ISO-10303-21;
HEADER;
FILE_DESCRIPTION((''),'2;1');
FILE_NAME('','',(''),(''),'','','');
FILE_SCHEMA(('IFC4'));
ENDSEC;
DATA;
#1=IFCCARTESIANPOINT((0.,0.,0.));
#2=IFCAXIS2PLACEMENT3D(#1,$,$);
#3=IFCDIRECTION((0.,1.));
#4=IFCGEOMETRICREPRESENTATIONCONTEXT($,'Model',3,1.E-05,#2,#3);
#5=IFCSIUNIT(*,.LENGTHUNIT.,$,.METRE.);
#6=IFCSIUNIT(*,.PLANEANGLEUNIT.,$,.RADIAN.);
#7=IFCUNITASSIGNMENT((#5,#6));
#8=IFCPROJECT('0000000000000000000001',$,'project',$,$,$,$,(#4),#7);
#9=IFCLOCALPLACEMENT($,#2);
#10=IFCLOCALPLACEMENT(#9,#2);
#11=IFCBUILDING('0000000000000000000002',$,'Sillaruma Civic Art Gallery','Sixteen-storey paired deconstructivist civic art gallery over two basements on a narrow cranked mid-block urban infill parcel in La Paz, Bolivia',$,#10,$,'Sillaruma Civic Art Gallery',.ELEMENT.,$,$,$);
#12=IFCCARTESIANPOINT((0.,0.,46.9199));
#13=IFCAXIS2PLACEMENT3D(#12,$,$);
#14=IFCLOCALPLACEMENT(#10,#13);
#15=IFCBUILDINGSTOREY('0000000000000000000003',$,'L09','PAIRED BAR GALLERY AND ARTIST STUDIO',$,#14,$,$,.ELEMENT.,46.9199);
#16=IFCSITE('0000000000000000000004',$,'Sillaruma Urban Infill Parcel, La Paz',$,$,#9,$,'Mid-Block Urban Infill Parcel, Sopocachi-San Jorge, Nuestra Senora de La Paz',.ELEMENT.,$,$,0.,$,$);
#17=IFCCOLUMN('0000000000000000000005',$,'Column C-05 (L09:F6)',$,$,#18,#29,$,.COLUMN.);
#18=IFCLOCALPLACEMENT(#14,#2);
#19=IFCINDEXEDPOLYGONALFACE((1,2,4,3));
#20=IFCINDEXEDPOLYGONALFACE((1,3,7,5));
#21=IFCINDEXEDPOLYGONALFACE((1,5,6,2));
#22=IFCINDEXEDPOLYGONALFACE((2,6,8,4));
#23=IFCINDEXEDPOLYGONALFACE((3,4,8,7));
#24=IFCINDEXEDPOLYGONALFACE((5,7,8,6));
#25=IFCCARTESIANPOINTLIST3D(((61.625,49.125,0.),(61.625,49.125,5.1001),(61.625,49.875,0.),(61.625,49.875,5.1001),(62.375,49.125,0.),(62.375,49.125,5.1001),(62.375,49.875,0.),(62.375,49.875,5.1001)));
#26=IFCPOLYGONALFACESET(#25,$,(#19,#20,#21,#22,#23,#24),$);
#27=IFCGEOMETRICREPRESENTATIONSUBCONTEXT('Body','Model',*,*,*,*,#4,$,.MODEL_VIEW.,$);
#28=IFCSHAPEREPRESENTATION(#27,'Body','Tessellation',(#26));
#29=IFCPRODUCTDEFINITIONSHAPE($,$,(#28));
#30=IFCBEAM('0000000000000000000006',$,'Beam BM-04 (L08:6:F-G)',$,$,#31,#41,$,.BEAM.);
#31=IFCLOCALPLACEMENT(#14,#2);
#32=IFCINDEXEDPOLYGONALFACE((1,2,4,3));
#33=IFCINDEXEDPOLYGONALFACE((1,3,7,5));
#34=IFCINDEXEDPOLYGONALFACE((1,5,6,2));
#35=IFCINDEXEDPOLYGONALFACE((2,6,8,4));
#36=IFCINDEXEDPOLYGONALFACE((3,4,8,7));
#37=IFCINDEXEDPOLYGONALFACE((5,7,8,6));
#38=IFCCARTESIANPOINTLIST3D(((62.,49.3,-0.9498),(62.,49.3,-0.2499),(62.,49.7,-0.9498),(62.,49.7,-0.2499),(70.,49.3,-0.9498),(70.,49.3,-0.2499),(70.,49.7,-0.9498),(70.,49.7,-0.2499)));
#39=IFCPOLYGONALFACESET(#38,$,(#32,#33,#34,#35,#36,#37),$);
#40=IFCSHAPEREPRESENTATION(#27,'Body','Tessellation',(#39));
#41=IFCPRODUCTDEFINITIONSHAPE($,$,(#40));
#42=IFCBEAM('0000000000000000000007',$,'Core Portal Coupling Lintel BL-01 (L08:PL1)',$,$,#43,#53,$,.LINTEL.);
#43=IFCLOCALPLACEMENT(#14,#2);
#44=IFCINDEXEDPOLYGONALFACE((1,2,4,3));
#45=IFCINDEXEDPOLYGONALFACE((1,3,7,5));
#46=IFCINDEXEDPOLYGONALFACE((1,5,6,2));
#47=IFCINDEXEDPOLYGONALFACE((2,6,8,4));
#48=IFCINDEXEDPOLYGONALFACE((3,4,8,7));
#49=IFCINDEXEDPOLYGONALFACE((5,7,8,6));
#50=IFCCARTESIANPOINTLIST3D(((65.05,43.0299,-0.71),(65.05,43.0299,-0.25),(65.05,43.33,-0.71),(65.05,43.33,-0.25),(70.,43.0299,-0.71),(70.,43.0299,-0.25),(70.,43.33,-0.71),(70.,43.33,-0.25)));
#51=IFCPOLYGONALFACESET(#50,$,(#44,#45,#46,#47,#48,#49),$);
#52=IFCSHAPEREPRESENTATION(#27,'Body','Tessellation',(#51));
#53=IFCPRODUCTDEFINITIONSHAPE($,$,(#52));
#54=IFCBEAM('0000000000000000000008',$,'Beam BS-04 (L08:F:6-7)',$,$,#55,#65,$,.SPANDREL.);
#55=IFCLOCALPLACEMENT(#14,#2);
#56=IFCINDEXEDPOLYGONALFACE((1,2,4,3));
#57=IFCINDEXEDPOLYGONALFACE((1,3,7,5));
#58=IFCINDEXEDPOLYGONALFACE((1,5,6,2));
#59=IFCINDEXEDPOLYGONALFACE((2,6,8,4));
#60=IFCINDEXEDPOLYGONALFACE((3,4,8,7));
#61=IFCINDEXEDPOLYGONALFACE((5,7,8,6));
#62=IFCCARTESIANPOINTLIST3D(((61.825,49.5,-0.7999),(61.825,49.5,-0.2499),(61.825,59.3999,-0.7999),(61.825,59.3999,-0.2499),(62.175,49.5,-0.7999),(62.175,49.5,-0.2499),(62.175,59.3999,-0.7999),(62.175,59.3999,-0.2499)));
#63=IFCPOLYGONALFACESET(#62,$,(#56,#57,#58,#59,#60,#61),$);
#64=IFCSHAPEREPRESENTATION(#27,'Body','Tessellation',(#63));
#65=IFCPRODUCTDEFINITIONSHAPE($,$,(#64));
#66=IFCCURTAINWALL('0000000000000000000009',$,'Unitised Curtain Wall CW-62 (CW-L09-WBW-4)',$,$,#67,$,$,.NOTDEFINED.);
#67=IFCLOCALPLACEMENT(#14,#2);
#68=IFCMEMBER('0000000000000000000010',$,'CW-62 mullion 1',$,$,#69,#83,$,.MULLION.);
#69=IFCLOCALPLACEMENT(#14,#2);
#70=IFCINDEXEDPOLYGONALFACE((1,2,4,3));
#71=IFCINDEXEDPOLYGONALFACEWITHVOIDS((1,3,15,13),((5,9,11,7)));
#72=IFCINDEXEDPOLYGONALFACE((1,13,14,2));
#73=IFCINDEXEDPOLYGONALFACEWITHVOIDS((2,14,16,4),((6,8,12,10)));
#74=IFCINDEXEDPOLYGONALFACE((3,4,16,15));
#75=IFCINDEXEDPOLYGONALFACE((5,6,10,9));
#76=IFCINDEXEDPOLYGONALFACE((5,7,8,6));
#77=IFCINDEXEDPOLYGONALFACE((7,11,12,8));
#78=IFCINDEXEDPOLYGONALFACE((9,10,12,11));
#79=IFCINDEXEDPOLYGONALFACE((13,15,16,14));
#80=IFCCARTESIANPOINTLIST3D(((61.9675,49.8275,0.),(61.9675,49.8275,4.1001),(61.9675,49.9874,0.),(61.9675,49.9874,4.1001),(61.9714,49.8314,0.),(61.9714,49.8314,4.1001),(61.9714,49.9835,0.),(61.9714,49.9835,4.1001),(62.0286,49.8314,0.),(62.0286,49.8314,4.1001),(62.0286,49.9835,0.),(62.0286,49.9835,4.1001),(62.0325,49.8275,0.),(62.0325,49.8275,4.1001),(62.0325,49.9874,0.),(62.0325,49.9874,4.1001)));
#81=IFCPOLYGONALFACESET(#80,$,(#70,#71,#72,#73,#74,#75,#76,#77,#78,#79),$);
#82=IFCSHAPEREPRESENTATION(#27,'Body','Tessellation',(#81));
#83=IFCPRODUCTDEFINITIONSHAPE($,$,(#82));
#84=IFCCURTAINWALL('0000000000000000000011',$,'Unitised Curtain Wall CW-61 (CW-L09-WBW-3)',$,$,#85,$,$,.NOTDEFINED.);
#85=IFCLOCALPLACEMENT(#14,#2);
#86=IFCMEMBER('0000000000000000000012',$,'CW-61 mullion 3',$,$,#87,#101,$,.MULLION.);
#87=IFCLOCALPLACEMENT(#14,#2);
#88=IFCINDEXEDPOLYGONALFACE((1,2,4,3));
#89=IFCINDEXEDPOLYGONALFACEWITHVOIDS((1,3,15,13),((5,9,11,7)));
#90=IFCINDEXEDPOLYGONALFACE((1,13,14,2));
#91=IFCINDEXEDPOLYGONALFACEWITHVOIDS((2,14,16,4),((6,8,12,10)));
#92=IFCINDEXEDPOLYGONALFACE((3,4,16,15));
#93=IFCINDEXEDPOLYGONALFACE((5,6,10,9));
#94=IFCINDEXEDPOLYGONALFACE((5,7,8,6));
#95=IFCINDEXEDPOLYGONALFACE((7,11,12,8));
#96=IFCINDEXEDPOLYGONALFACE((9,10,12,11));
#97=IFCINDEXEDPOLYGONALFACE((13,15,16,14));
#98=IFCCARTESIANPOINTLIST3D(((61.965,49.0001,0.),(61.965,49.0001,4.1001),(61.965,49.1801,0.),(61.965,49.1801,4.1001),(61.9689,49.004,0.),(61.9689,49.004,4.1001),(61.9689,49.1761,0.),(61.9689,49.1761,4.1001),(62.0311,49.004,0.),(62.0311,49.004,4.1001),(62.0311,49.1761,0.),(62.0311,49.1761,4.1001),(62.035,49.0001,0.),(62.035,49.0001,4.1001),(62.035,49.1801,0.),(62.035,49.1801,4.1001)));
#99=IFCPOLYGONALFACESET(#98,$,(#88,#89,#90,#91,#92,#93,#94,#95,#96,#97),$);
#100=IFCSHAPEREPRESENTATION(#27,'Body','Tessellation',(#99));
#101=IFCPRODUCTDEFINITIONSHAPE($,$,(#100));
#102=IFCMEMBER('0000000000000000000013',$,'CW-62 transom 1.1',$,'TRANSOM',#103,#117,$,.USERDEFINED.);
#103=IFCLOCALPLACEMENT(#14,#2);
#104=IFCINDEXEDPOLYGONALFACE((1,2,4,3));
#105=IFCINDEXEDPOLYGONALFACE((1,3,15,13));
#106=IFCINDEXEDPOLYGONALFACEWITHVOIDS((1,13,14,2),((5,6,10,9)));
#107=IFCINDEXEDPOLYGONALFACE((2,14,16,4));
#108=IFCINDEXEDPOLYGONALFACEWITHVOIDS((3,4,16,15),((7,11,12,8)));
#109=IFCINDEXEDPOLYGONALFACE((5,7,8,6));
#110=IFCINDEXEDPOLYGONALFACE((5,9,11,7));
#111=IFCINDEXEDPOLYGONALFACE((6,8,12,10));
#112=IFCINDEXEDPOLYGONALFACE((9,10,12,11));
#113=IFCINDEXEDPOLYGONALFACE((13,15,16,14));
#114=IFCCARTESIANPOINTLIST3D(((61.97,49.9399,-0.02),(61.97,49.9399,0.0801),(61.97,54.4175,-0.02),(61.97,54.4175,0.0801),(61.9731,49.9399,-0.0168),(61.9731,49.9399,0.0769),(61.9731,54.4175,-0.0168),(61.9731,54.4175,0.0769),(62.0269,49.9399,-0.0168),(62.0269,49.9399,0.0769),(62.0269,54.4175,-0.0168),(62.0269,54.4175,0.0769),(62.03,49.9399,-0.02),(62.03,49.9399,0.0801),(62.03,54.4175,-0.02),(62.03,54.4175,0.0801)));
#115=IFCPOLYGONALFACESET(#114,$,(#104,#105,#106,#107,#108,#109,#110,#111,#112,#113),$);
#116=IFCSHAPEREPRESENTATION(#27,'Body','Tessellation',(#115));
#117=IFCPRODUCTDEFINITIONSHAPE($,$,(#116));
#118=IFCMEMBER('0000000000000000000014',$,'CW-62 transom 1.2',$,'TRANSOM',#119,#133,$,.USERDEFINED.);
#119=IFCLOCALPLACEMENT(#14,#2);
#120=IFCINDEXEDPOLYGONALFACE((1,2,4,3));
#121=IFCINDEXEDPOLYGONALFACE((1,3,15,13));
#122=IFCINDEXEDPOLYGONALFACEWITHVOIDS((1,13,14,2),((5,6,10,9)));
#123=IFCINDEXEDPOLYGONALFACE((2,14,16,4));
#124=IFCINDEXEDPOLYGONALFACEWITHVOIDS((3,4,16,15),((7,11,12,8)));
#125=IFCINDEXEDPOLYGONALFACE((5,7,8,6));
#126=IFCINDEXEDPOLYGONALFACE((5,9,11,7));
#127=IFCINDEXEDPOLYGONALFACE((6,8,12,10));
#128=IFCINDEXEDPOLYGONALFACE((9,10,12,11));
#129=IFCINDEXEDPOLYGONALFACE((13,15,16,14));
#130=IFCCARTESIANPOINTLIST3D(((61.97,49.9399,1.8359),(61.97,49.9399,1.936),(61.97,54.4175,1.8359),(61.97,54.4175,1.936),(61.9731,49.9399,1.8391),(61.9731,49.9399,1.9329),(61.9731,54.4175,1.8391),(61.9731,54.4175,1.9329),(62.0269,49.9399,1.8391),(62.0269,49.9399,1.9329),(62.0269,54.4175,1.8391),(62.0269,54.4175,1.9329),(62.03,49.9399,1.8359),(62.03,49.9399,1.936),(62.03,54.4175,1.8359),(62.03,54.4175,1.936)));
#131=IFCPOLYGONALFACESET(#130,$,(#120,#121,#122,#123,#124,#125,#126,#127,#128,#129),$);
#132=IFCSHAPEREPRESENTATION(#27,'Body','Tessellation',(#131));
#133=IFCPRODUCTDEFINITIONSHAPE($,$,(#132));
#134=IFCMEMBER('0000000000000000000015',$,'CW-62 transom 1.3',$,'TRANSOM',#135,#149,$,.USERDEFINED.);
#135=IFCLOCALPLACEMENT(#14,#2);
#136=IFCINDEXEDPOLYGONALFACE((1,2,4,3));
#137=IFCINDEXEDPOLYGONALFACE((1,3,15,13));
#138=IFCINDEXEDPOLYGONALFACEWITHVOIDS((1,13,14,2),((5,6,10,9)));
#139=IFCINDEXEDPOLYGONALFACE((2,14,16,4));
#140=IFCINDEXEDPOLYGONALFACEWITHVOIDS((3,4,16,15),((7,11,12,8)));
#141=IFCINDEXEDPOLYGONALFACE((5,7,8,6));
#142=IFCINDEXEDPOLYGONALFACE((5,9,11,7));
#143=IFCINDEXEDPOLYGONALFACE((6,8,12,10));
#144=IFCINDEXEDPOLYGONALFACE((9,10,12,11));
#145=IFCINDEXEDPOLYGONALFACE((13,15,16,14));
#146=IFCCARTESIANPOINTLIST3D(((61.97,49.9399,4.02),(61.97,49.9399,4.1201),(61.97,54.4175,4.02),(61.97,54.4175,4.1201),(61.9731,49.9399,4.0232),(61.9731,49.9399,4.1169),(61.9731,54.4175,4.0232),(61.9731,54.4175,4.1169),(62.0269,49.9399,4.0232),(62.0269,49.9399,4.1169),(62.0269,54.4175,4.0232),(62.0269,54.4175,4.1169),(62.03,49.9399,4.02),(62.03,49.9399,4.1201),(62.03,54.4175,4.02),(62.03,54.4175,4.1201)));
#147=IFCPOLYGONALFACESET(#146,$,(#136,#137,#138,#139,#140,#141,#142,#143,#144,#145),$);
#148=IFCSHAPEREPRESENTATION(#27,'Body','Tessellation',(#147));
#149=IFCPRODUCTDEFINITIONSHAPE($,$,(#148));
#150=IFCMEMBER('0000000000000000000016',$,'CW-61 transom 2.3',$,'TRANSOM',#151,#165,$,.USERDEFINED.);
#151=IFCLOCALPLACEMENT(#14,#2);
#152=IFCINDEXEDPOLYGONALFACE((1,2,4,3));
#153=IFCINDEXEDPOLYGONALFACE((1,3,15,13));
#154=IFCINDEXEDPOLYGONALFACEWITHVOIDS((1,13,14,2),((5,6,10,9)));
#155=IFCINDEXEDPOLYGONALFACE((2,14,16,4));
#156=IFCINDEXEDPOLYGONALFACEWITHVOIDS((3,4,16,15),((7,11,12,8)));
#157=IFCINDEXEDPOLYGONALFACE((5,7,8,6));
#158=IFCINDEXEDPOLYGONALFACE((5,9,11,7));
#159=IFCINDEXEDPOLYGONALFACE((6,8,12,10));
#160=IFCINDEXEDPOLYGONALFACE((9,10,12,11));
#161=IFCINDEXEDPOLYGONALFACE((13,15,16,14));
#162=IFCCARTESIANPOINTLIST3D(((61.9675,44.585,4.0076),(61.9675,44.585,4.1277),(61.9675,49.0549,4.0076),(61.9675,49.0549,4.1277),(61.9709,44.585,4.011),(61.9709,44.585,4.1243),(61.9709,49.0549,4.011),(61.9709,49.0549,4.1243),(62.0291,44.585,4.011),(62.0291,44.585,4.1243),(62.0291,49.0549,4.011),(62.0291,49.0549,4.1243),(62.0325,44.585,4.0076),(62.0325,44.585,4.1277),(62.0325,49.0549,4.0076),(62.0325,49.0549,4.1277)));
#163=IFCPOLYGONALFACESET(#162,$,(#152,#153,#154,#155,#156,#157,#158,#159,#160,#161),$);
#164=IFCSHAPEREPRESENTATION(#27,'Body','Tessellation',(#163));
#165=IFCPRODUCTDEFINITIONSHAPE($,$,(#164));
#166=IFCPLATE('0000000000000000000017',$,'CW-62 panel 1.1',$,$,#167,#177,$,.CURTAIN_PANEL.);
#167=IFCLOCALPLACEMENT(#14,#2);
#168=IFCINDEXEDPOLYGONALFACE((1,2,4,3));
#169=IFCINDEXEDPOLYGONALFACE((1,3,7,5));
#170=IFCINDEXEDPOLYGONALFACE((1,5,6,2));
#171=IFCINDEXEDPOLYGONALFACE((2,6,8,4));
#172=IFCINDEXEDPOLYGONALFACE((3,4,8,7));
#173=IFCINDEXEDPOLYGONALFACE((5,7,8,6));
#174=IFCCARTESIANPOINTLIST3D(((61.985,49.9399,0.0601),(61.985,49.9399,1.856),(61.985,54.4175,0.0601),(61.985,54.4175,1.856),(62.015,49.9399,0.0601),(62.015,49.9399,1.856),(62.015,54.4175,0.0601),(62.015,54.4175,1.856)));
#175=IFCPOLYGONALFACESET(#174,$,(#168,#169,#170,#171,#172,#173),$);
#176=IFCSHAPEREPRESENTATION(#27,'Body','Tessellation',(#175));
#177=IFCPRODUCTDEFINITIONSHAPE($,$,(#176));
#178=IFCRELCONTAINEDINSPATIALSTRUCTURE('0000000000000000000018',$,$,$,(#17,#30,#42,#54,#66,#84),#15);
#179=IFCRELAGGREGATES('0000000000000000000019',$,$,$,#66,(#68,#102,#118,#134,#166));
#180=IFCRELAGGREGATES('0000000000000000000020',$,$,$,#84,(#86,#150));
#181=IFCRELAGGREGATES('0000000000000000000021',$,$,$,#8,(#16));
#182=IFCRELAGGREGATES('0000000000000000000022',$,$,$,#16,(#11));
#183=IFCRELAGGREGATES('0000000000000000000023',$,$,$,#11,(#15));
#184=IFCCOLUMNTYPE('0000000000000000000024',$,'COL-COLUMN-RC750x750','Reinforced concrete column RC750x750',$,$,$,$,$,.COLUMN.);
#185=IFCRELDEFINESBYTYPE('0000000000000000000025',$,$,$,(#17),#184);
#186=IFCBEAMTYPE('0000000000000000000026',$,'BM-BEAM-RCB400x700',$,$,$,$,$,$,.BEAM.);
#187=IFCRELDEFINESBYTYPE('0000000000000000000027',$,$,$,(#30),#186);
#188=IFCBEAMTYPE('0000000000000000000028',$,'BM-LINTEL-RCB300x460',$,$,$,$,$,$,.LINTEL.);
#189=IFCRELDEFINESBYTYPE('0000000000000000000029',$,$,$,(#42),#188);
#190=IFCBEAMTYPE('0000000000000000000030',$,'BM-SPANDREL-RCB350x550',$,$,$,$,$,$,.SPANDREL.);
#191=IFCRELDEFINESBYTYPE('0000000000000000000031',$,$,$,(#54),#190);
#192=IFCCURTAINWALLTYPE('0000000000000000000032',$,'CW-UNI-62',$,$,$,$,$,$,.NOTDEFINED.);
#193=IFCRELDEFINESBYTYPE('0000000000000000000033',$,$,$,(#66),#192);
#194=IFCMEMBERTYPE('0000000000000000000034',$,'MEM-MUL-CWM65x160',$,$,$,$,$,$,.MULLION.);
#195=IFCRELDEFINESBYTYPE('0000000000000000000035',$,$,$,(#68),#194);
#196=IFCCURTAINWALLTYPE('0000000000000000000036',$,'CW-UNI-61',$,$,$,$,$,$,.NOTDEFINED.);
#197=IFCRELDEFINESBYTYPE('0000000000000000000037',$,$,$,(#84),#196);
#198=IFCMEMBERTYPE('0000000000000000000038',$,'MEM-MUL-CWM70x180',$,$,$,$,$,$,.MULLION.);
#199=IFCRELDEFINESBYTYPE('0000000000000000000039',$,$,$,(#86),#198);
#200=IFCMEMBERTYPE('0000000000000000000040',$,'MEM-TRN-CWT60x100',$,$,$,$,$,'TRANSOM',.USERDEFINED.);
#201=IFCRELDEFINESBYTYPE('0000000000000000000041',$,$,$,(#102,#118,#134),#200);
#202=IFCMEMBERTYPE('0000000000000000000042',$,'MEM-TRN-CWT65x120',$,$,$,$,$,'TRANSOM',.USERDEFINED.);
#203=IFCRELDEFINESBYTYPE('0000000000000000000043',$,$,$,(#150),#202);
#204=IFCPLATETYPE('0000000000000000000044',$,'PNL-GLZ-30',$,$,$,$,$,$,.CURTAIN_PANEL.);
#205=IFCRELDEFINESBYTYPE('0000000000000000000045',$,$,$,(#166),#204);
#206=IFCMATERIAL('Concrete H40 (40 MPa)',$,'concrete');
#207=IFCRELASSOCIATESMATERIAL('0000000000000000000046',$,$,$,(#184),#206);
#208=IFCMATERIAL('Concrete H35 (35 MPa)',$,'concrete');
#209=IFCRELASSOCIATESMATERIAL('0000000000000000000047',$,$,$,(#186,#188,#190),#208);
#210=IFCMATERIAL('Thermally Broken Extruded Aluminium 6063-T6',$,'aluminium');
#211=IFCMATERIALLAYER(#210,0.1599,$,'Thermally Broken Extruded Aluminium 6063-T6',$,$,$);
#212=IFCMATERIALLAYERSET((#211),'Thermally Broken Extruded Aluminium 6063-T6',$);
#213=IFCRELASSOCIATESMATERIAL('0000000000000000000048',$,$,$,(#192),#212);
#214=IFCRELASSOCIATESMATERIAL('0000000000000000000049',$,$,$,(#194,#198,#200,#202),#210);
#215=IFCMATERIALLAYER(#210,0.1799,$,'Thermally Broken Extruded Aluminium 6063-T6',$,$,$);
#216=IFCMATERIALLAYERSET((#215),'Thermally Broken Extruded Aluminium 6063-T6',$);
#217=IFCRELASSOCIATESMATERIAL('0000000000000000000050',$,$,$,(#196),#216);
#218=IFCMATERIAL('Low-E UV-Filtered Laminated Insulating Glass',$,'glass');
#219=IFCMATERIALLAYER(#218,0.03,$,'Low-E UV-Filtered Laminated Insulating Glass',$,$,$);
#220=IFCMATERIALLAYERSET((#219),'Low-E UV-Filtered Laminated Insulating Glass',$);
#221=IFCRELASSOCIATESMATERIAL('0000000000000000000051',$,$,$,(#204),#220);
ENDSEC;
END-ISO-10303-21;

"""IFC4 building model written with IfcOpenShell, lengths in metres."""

from ifc_helpers import new_model, si_unit, direction, frame, origin, origin_2d, place, context, subcontext, project, spatial, rectangle, hollow_rectangle, extrude, material, layer, layer_set, material_profile, profile_set, type_object, element, aggregate, save


model = new_model("IFC4")

# Units and contexts
model_context = context("Model", 3, precision=1e-05, world=origin(), true_north=direction((0.0, 1.0)))
body_context = subcontext(model_context, "Body", "Model", "MODEL_VIEW")
ifc_project = project(units=[si_unit("LENGTHUNIT", "METRE"), si_unit("PLANEANGLEUNIT", "RADIAN")], contexts=[model_context])

# Site, building, storey
site_placement = place(None, origin())
site = spatial("IfcSite", under=ifc_project, at=site_placement, Name="Sillaruma Urban Infill Parcel, La Paz", LongName="Mid-Block Urban Infill Parcel, Sopocachi-San Jorge, Nuestra Senora de La Paz", CompositionType="ELEMENT", RefElevation=0.0)
building_placement = place(site_placement, origin())
building = spatial("IfcBuilding", under=site, at=building_placement, Name="Sillaruma Civic Art Gallery", Description="Sixteen-storey paired deconstructivist civic art gallery over two basements on a narrow cranked mid-block urban infill parcel in La Paz, Bolivia", LongName="Sillaruma Civic Art Gallery", CompositionType="ELEMENT")
storey_placement = place(building_placement, frame((0.0, 0.0, 46.9199)))
storey = spatial("IfcBuildingStorey", under=building, at=storey_placement, Name="L09", Description="PAIRED BAR GALLERY AND ARTIST STUDIO", CompositionType="ELEMENT", Elevation=46.9199)

# Column
ifc_material_1 = material(Name="Concrete H40 (40 MPa)", Category="concrete")
ifc_material_profile_1 = material_profile(ifc_material_1, rectangle(XDim=0.75, YDim=0.75, at=origin_2d()), Name="RC750x750")
ifc_profile_set_1 = profile_set([ifc_material_profile_1], Name="Concrete H40 (40 MPa)")
column_type = type_object("IfcColumnType", Name="COL-COLUMN-RC750x750", Description="Reinforced concrete column RC750x750", PredefinedType="COLUMN", material=ifc_profile_set_1)
column_placement = place(storey_placement, frame((62.0, 49.5, 0.0), z_axis=(0.0, 0.0, 1.0), x_axis=(1.0, 0.0, 0.0)))
element("IfcColumn", 1, at=column_placement, inside=storey, type_object=column_type, Name="Column C-05 (L09:F6)", PredefinedType="COLUMN", context=body_context, shape_type="SweptSolid", body=[
    extrude(rectangle(XDim=0.75, YDim=0.75, at=origin_2d()), origin(), (0.0, 0.0, 1.0), 5.1001),
])

# Beams
ifc_material_2 = material(Name="Concrete H35 (35 MPa)", Category="concrete")
ifc_material_profile_2 = material_profile(ifc_material_2, rectangle(XDim=0.3999, YDim=0.7, at=origin_2d()), Name="RCB400x700")
ifc_profile_set_2 = profile_set([ifc_material_profile_2], Name="Concrete H35 (35 MPa)")
beam_type_1 = type_object("IfcBeamType", Name="BM-BEAM-RCB400x700", PredefinedType="BEAM", material=ifc_profile_set_2)
beam_1_placement = place(storey_placement, frame((62.0, 49.5, -0.5999), z_axis=(1.0, 0.0, 0.0), x_axis=(0.0, 1.0, 0.0)))
element("IfcBeam", 2, at=beam_1_placement, inside=storey, type_object=beam_type_1, Name="Beam BM-04 (L08:6:F-G)", PredefinedType="BEAM", context=body_context, shape_type="SweptSolid", body=[
    extrude(rectangle(XDim=0.3999, YDim=0.7, at=origin_2d()), origin(), (0.0, 0.0, 1.0), 8.0),
])
ifc_material_profile_3 = material_profile(ifc_material_2, rectangle(XDim=0.3, YDim=0.46, at=origin_2d()), Name="RCB300x460")
ifc_profile_set_3 = profile_set([ifc_material_profile_3], Name="Concrete H35 (35 MPa)")
beam_type_2 = type_object("IfcBeamType", Name="BM-LINTEL-RCB300x460", PredefinedType="LINTEL", material=ifc_profile_set_3)
beam_2_placement = place(storey_placement, frame((65.05, 43.1799, -0.48), z_axis=(1.0, 0.0, 0.0), x_axis=(0.0, 1.0, 0.0)))
element("IfcBeam", 3, at=beam_2_placement, inside=storey, type_object=beam_type_2, Name="Core Portal Coupling Lintel BL-01 (L08:PL1)", PredefinedType="LINTEL", context=body_context, shape_type="SweptSolid", body=[
    extrude(rectangle(XDim=0.3, YDim=0.46, at=origin_2d()), origin(), (0.0, 0.0, 1.0), 4.95),
])
ifc_material_profile_4 = material_profile(ifc_material_2, rectangle(XDim=0.3501, YDim=0.55, at=origin_2d()), Name="RCB350x550")
ifc_profile_set_4 = profile_set([ifc_material_profile_4], Name="Concrete H35 (35 MPa)")
beam_type_3 = type_object("IfcBeamType", Name="BM-SPANDREL-RCB350x550", PredefinedType="SPANDREL", material=ifc_profile_set_4)
beam_3_placement = place(storey_placement, frame((62.0, 49.5, -0.5249), z_axis=(0.0, 1.0, 0.0), x_axis=(-1.0, 0.0, 0.0)))
element("IfcBeam", 4, at=beam_3_placement, inside=storey, type_object=beam_type_3, Name="Beam BS-04 (L08:F:6-7)", PredefinedType="SPANDREL", context=body_context, shape_type="SweptSolid", body=[
    extrude(rectangle(XDim=0.3501, YDim=0.55, at=origin_2d()), origin(), (0.0, 0.0, 1.0), 9.8999),
])

# Curtain walls, members
ifc_material_3 = material(Name="Thermally Broken Extruded Aluminium 6063-T6", Category="aluminium")
ifc_layer_1 = layer(ifc_material_3, 0.1599, Name="Thermally Broken Extruded Aluminium 6063-T6")
ifc_layer_set_1 = layer_set([ifc_layer_1], Name="Thermally Broken Extruded Aluminium 6063-T6")
curtain_wall_type_1 = type_object("IfcCurtainWallType", Name="CW-UNI-62", PredefinedType="NOTDEFINED", material=ifc_layer_set_1)
curtain_wall_1_placement = place(storey_placement, origin())
curtain_wall_1 = element("IfcCurtainWall", 5, at=curtain_wall_1_placement, inside=storey, type_object=curtain_wall_type_1, Name="Unitised Curtain Wall CW-62 (CW-L09-WBW-4)", PredefinedType="NOTDEFINED")
ifc_material_profile_5 = material_profile(ifc_material_3, hollow_rectangle(XDim=0.0649, YDim=0.1599, WallThickness=0.0039, at=origin_2d()), Name="CWM65x160")
ifc_profile_set_5 = profile_set([ifc_material_profile_5], Name="Thermally Broken Extruded Aluminium 6063-T6")
member_type_1 = type_object("IfcMemberType", Name="MEM-MUL-CWM65x160", PredefinedType="MULLION", material=ifc_profile_set_5)
member_1_placement = place(storey_placement, frame((62.0, 49.9075, 0.0), z_axis=(0.0, 0.0, 1.0), x_axis=(-1.0, 0.0, 0.0)))
member_1 = element("IfcMember", 6, at=member_1_placement, type_object=member_type_1, Name="CW-62 mullion 1", PredefinedType="MULLION", context=body_context, shape_type="SweptSolid", body=[
    extrude(hollow_rectangle(XDim=0.0649, YDim=0.1599, WallThickness=0.0039, at=origin_2d()), origin(), (0.0, 0.0, 1.0), 4.1001),
])
ifc_layer_2 = layer(ifc_material_3, 0.1799, Name="Thermally Broken Extruded Aluminium 6063-T6")
ifc_layer_set_2 = layer_set([ifc_layer_2], Name="Thermally Broken Extruded Aluminium 6063-T6")
curtain_wall_type_2 = type_object("IfcCurtainWallType", Name="CW-UNI-61", PredefinedType="NOTDEFINED", material=ifc_layer_set_2)
curtain_wall_2_placement = place(storey_placement, origin())
curtain_wall_2 = element("IfcCurtainWall", 7, at=curtain_wall_2_placement, inside=storey, type_object=curtain_wall_type_2, Name="Unitised Curtain Wall CW-61 (CW-L09-WBW-3)", PredefinedType="NOTDEFINED")
ifc_material_profile_6 = material_profile(ifc_material_3, hollow_rectangle(XDim=0.0701, YDim=0.1799, WallThickness=0.0039, at=origin_2d()), Name="CWM70x180")
ifc_profile_set_6 = profile_set([ifc_material_profile_6], Name="Thermally Broken Extruded Aluminium 6063-T6")
member_type_2 = type_object("IfcMemberType", Name="MEM-MUL-CWM70x180", PredefinedType="MULLION", material=ifc_profile_set_6)
member_2_placement = place(storey_placement, frame((62.0, 49.0901, 0.0), z_axis=(0.0, 0.0, 1.0), x_axis=(-1.0, 0.0, 0.0)))
member_2 = element("IfcMember", 8, at=member_2_placement, type_object=member_type_2, Name="CW-61 mullion 3", PredefinedType="MULLION", context=body_context, shape_type="SweptSolid", body=[
    extrude(hollow_rectangle(XDim=0.0701, YDim=0.1799, WallThickness=0.0039, at=origin_2d()), origin(), (0.0, 0.0, 1.0), 4.1001),
])

# Members
ifc_material_profile_7 = material_profile(ifc_material_3, hollow_rectangle(XDim=0.0601, YDim=0.1001, WallThickness=0.0032, at=origin_2d()), Name="CWT60x100")
ifc_profile_set_7 = profile_set([ifc_material_profile_7], Name="Thermally Broken Extruded Aluminium 6063-T6")
member_type_3 = type_object("IfcMemberType", Name="MEM-TRN-CWT60x100", ElementType="TRANSOM", PredefinedType="USERDEFINED", material=ifc_profile_set_7)
member_3_placement = place(storey_placement, frame((62.0, 49.9399, 0.03), z_axis=(0.0, 1.0, 0.0), x_axis=(-1.0, 0.0, 0.0)))
member_3 = element("IfcMember", 9, at=member_3_placement, type_object=member_type_3, Name="CW-62 transom 1.1", ObjectType="TRANSOM", PredefinedType="USERDEFINED", context=body_context, shape_type="SweptSolid", body=[
    extrude(hollow_rectangle(XDim=0.0601, YDim=0.1001, WallThickness=0.0032, at=origin_2d()), origin(), (0.0, 0.0, 1.0), 4.4775),
])
member_4_placement = place(storey_placement, frame((62.0, 49.9399, 1.886), z_axis=(0.0, 1.0, 0.0), x_axis=(-1.0, 0.0, 0.0)))
member_4 = element("IfcMember", 10, at=member_4_placement, type_object=member_type_3, Name="CW-62 transom 1.2", ObjectType="TRANSOM", PredefinedType="USERDEFINED", context=body_context, shape_type="SweptSolid", body=[
    extrude(hollow_rectangle(XDim=0.0601, YDim=0.1001, WallThickness=0.0032, at=origin_2d()), origin(), (0.0, 0.0, 1.0), 4.4775),
])
member_5_placement = place(storey_placement, frame((62.0, 49.9399, 4.0701), z_axis=(0.0, 1.0, 0.0), x_axis=(-1.0, 0.0, 0.0)))
member_5 = element("IfcMember", 11, at=member_5_placement, type_object=member_type_3, Name="CW-62 transom 1.3", ObjectType="TRANSOM", PredefinedType="USERDEFINED", context=body_context, shape_type="SweptSolid", body=[
    extrude(hollow_rectangle(XDim=0.0601, YDim=0.1001, WallThickness=0.0032, at=origin_2d()), origin(), (0.0, 0.0, 1.0), 4.4775),
])
ifc_material_profile_8 = material_profile(ifc_material_3, hollow_rectangle(XDim=0.0649, YDim=0.1201, WallThickness=0.0034, at=origin_2d()), Name="CWT65x120")
ifc_profile_set_8 = profile_set([ifc_material_profile_8], Name="Thermally Broken Extruded Aluminium 6063-T6")
member_type_4 = type_object("IfcMemberType", Name="MEM-TRN-CWT65x120", ElementType="TRANSOM", PredefinedType="USERDEFINED", material=ifc_profile_set_8)
member_6_placement = place(storey_placement, frame((62.0, 44.585, 4.0676), z_axis=(0.0, 1.0, 0.0), x_axis=(-1.0, 0.0, 0.0)))
member_6 = element("IfcMember", 12, at=member_6_placement, type_object=member_type_4, Name="CW-61 transom 2.3", ObjectType="TRANSOM", PredefinedType="USERDEFINED", context=body_context, shape_type="SweptSolid", body=[
    extrude(hollow_rectangle(XDim=0.0649, YDim=0.1201, WallThickness=0.0034, at=origin_2d()), origin(), (0.0, 0.0, 1.0), 4.47),
])

# Plate
ifc_material_4 = material(Name="Low-E UV-Filtered Laminated Insulating Glass", Category="glass")
ifc_layer_3 = layer(ifc_material_4, 0.03, Name="Low-E UV-Filtered Laminated Insulating Glass")
ifc_layer_set_3 = layer_set([ifc_layer_3], Name="Low-E UV-Filtered Laminated Insulating Glass")
plate_type_1 = type_object("IfcPlateType", Name="PNL-GLZ-30", PredefinedType="CURTAIN_PANEL", material=ifc_layer_set_3)
plate_1_placement = place(storey_placement, frame((62.0, 52.1787, 0.0601), z_axis=(0.0, 0.0, 1.0), x_axis=(0.0, 1.0, 0.0)))
plate_1 = element("IfcPlate", 13, at=plate_1_placement, type_object=plate_type_1, Name="CW-62 panel 1.1", PredefinedType="CURTAIN_PANEL", context=body_context, shape_type="SweptSolid", body=[
    extrude(rectangle(XDim=4.4775, YDim=0.03, at=origin_2d()), origin(), (0.0, 0.0, 1.0), 1.7959),
])
aggregate(curtain_wall_1, [member_1, member_3, member_4, member_5, plate_1])
aggregate(curtain_wall_2, [member_2, member_6])

save(model, "model.ifc")
